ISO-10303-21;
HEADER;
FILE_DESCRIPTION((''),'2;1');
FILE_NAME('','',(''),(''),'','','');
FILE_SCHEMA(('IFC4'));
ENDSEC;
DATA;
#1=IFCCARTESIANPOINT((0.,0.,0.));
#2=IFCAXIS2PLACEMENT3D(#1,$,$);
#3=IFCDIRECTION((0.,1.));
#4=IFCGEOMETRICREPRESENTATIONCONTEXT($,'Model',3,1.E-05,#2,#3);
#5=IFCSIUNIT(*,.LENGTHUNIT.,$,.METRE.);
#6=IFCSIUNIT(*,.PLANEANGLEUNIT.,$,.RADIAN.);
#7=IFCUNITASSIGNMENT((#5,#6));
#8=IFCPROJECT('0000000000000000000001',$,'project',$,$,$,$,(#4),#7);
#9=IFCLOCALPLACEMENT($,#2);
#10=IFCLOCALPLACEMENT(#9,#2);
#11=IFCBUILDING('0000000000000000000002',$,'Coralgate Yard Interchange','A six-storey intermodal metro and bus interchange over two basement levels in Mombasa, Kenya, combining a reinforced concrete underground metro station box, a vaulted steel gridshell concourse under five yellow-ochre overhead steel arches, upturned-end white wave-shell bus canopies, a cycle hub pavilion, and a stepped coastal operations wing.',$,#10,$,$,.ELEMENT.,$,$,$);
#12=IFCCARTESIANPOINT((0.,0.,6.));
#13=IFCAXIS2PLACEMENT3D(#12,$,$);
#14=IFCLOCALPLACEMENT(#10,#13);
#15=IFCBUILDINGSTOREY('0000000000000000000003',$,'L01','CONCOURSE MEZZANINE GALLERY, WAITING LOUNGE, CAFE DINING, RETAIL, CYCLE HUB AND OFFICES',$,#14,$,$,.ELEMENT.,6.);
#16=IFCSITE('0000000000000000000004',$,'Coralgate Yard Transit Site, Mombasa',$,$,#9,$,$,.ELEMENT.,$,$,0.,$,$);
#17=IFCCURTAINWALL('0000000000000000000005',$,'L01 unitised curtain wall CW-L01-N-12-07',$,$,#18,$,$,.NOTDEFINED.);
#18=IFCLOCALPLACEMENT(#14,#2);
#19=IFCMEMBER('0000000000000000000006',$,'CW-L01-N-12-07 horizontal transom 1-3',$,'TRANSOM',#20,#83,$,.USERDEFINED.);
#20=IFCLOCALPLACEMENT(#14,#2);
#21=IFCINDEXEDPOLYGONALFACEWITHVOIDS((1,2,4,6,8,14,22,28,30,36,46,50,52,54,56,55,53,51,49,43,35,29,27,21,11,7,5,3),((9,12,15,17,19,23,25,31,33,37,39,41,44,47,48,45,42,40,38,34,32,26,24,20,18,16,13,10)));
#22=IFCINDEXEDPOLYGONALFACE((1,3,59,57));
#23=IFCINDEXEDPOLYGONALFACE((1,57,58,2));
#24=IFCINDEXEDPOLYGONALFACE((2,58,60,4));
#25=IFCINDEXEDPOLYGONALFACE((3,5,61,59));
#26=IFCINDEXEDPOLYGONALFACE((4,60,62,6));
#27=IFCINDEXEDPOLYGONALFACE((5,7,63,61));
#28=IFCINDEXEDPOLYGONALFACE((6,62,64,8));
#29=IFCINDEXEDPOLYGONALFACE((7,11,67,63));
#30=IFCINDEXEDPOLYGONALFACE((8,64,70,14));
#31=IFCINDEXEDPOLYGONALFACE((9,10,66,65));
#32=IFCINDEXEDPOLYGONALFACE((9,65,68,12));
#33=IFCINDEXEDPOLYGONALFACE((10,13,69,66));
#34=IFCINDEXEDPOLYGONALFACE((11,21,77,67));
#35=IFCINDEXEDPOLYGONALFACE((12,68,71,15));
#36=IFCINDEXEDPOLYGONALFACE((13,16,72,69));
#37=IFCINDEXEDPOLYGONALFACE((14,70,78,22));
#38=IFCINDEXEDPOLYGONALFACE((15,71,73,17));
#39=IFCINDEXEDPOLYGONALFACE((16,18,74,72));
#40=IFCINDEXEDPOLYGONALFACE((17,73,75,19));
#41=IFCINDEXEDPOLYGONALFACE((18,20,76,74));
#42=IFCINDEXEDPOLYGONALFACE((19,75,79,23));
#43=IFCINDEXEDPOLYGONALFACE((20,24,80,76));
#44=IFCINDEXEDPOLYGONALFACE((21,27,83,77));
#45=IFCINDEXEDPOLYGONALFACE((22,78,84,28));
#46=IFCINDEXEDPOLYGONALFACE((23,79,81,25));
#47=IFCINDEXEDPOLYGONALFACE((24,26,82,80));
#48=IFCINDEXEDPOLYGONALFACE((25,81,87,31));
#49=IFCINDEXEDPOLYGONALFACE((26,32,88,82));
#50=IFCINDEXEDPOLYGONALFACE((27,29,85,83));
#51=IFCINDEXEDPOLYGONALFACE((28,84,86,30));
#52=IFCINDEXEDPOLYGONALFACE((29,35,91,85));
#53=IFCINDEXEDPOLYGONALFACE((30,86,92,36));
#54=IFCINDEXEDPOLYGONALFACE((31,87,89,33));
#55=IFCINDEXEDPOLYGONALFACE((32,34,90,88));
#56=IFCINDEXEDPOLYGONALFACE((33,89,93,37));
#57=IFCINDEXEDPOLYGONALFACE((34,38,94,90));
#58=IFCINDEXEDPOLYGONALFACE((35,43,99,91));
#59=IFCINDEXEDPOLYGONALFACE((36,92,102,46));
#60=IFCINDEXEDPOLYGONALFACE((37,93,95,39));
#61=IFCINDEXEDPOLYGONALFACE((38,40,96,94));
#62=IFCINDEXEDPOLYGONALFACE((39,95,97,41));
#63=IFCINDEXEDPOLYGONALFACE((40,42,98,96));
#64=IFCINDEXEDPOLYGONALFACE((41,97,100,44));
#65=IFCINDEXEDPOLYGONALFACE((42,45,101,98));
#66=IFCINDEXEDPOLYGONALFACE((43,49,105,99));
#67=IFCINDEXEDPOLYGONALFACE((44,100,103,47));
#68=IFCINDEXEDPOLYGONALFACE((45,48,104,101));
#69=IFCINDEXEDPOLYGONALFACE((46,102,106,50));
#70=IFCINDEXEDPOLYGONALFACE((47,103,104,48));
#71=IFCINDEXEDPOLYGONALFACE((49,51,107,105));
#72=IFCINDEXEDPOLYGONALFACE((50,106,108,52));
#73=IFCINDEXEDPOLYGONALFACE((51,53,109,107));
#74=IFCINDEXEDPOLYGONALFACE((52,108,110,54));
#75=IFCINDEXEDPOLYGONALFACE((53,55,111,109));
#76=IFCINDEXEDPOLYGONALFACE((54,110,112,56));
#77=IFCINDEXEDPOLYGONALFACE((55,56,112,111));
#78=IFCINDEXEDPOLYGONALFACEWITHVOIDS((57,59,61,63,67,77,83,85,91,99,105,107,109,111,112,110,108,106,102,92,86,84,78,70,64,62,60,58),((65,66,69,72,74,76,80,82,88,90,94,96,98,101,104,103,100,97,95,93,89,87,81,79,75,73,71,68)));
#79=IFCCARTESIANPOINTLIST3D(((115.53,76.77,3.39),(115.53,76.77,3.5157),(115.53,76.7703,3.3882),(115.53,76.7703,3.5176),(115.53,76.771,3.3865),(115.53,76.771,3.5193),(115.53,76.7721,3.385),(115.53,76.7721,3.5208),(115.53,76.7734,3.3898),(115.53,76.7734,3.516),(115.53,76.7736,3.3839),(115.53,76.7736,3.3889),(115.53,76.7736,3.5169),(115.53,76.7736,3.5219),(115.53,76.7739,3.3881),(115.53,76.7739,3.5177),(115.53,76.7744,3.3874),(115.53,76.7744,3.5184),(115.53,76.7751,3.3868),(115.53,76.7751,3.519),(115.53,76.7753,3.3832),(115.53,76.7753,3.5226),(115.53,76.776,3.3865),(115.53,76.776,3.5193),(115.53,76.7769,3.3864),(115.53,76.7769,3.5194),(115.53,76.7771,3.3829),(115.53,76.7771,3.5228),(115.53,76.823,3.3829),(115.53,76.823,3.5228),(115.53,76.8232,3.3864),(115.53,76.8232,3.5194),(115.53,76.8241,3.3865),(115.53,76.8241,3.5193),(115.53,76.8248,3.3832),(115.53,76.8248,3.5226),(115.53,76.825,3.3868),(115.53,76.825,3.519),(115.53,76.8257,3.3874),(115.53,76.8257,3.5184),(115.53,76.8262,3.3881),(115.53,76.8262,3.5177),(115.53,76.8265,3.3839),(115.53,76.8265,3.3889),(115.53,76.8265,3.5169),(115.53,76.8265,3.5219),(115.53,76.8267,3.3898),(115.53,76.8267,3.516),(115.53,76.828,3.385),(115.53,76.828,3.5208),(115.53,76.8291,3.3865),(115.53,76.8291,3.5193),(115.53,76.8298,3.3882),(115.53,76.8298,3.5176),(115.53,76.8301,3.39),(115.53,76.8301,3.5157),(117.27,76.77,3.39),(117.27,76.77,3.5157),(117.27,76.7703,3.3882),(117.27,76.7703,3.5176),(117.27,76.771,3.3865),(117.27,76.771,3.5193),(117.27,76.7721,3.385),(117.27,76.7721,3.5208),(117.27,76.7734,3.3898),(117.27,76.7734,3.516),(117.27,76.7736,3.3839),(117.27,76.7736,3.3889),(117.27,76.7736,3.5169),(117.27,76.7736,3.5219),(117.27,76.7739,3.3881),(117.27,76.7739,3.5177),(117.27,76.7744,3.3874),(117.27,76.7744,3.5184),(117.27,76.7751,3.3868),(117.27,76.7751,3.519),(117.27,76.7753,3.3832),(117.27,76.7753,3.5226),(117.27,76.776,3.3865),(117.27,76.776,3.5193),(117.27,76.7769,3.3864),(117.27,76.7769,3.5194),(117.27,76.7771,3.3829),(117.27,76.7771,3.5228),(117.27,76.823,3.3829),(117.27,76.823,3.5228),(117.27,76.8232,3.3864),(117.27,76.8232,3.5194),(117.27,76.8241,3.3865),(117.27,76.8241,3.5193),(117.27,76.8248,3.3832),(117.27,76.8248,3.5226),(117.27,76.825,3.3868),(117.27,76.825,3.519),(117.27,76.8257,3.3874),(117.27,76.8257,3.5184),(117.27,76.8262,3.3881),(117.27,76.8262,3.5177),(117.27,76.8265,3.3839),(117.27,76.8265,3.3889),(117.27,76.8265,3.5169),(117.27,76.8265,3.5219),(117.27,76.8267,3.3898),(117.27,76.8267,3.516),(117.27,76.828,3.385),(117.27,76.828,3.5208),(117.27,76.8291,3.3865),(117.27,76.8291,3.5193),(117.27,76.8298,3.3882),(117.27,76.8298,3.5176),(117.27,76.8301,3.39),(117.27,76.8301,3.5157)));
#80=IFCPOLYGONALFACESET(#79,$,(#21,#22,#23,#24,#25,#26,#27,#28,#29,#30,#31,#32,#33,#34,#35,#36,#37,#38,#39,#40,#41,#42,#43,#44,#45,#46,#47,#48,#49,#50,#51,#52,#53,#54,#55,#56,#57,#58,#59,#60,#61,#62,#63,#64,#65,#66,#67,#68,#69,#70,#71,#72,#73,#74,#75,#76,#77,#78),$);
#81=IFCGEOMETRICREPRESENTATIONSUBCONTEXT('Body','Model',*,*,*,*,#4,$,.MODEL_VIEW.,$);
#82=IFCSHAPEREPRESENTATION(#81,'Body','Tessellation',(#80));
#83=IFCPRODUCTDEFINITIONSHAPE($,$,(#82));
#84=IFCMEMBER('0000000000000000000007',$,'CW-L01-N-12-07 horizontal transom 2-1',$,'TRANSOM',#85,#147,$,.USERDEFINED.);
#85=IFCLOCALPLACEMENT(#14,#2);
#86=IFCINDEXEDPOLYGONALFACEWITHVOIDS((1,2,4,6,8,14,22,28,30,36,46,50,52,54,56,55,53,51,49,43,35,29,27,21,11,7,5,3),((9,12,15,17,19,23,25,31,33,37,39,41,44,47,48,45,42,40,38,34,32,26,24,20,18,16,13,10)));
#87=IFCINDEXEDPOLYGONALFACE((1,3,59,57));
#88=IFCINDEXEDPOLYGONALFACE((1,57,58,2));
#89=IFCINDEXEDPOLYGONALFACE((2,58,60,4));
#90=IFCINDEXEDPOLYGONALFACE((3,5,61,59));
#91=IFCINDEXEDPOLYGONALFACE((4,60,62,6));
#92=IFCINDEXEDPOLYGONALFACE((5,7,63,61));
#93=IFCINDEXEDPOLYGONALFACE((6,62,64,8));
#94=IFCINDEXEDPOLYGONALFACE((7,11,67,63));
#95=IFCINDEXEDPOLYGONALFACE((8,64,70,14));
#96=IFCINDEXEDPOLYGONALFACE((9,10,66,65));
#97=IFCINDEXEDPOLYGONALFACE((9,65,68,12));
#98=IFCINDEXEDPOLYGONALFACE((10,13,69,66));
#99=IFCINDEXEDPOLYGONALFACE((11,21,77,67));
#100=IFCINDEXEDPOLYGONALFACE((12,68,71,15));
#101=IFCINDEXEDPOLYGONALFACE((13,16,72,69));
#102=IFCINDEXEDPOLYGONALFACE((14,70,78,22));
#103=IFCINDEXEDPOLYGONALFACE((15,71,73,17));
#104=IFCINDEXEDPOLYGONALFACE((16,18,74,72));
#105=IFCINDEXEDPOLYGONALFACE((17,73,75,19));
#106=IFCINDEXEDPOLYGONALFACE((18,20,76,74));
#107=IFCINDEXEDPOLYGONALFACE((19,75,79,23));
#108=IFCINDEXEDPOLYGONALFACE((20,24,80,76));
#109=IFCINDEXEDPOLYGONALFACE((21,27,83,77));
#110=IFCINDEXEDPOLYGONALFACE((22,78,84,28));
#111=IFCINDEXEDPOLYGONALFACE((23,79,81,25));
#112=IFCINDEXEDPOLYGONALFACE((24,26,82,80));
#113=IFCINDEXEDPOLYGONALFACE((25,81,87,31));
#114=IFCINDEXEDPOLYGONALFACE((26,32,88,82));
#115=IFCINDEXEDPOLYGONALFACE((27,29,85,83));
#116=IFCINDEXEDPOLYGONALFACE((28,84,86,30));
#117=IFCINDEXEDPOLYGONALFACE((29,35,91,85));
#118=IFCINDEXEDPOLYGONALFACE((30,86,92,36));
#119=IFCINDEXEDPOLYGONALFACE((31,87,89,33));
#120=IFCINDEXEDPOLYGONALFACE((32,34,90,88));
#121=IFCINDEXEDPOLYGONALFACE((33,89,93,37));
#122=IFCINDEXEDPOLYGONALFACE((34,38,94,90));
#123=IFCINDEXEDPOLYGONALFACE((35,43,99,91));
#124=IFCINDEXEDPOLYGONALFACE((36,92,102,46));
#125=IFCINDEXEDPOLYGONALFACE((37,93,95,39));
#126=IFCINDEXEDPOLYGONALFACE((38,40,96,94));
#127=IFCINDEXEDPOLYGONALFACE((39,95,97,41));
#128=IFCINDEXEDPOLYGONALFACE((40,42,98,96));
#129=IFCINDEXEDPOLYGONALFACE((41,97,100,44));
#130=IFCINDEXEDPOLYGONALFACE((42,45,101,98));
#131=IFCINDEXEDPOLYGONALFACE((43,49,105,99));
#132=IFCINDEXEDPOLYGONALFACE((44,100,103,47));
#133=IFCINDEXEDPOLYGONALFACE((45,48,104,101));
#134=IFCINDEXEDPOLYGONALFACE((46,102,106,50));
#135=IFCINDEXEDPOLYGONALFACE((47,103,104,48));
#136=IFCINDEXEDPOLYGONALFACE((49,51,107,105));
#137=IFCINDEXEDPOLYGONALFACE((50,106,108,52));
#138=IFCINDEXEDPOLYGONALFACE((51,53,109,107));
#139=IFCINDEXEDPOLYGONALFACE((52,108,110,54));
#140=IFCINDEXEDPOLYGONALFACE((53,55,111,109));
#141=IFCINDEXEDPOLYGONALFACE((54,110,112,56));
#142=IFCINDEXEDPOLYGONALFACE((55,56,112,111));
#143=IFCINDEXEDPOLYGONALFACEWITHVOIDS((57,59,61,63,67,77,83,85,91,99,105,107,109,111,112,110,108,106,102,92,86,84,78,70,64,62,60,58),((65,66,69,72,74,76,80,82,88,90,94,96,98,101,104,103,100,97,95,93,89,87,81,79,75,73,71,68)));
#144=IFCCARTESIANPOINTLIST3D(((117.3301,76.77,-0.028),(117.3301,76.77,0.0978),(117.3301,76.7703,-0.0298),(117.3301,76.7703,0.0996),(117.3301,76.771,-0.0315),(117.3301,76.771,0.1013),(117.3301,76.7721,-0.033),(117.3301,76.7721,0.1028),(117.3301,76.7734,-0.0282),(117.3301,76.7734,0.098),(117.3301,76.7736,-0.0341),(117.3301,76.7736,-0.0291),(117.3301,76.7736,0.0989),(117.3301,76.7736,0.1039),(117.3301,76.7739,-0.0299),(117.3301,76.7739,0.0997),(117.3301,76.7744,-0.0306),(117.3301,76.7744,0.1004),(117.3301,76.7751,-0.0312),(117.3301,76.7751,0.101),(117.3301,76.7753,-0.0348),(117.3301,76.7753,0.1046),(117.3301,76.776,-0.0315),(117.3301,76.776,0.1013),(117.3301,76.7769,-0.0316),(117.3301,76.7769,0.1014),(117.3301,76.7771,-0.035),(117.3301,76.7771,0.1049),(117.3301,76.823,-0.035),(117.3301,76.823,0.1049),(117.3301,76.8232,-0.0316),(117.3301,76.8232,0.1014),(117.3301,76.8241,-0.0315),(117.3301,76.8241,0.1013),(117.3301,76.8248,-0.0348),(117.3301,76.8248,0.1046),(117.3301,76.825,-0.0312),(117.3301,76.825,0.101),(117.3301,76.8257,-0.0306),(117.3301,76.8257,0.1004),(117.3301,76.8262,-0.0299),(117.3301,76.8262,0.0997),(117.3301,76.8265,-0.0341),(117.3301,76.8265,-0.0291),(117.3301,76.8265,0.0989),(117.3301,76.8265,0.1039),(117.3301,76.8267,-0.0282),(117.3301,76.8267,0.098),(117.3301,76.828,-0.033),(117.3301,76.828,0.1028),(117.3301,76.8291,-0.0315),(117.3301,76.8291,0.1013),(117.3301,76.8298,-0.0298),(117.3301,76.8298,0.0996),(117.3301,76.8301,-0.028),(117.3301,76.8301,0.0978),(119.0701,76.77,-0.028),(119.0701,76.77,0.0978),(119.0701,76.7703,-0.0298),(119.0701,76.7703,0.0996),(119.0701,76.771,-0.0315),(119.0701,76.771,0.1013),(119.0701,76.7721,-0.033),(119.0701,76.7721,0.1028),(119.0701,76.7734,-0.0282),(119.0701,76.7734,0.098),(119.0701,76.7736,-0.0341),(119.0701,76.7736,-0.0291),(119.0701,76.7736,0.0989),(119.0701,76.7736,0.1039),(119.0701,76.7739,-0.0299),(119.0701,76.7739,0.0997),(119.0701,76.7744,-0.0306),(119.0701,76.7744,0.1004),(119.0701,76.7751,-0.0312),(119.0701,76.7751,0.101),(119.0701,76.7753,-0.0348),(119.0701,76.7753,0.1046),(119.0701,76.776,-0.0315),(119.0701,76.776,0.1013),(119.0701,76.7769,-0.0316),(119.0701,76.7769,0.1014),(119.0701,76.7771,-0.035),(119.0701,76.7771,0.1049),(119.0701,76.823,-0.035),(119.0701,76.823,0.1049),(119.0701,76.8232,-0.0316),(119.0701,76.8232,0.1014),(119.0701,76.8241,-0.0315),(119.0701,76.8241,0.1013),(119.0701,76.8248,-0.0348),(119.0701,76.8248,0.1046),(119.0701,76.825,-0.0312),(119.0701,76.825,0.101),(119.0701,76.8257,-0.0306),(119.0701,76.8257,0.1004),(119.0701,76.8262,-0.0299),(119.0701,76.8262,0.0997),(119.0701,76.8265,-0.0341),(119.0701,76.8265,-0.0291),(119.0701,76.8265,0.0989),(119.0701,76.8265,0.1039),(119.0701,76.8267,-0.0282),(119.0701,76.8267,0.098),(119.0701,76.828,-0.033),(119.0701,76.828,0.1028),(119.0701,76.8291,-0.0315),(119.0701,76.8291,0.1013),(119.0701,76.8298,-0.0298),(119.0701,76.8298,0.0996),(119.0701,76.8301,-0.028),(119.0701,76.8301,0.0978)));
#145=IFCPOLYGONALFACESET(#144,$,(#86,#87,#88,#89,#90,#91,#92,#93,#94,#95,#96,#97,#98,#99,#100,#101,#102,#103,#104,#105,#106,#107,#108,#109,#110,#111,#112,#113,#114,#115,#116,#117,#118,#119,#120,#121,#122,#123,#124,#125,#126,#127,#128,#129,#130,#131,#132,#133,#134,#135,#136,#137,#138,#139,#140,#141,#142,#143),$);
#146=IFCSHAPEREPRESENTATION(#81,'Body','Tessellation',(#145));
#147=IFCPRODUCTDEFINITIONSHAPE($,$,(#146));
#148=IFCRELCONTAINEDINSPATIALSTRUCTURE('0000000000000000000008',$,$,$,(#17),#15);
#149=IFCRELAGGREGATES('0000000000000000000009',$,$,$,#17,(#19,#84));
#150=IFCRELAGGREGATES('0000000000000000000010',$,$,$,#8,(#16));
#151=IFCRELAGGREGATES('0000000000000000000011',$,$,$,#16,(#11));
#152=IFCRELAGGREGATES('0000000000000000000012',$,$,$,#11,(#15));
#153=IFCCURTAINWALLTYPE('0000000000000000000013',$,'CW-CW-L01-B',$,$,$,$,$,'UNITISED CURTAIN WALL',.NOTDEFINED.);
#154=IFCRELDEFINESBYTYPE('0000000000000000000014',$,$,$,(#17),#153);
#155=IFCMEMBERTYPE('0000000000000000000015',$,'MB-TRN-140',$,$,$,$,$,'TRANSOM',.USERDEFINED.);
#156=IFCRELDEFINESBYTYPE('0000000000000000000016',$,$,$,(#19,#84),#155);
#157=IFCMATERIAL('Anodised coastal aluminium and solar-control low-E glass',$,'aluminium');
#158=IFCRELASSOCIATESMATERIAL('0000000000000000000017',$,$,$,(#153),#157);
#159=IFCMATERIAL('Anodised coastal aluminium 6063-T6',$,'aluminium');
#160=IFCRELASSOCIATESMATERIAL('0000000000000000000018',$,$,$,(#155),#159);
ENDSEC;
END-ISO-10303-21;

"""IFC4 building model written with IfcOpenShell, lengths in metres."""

from ifc_helpers import new_model, si_unit, direction, frame, origin, origin_2d, place, context, subcontext, project, spatial, hollow_rectangle, extrude, material, material_profile, profile_set, type_object, element, aggregate, save


model = new_model("IFC4")

# Units and contexts
model_context = context("Model", 3, precision=1e-05, world=origin(), true_north=direction((0.0, 1.0)))
body_context = subcontext(model_context, "Body", "Model", "MODEL_VIEW")
ifc_project = project(units=[si_unit("LENGTHUNIT", "METRE"), si_unit("PLANEANGLEUNIT", "RADIAN")], contexts=[model_context])

# Site, building, storey
site_placement = place(None, origin())
site = spatial("IfcSite", under=ifc_project, at=site_placement, Name="Coralgate Yard Transit Site, Mombasa", CompositionType="ELEMENT", RefElevation=0.0)
building_placement = place(site_placement, origin())
building = spatial("IfcBuilding", under=site, at=building_placement, Name="Coralgate Yard Interchange", Description="A six-storey intermodal metro and bus interchange over two basement levels in Mombasa, Kenya, combining a reinforced concrete underground metro station box, a vaulted steel gridshell concourse under five yellow-ochre overhead steel arches, upturned-end white wave-shell bus canopies, a cycle hub pavilion, and a stepped coastal operations wing.", CompositionType="ELEMENT")
storey_placement = place(building_placement, frame((0.0, 0.0, 6.0)))
storey = spatial("IfcBuildingStorey", under=building, at=storey_placement, Name="L01", Description="CONCOURSE MEZZANINE GALLERY, WAITING LOUNGE, CAFE DINING, RETAIL, CYCLE HUB AND OFFICES", CompositionType="ELEMENT", Elevation=6.0)

# Shared definitions
ifc_material_1 = material(Name="Anodised coastal aluminium and solar-control low-E glass", Category="aluminium")
curtain_wall_type = type_object("IfcCurtainWallType", Name="CW-CW-L01-B", ElementType="UNITISED CURTAIN WALL", PredefinedType="NOTDEFINED", material=ifc_material_1)
ifc_material_2 = material(Name="Anodised coastal aluminium 6063-T6", Category="aluminium")

# Curtain wall, members
curtain_wall_1_placement = place(storey_placement, origin())
curtain_wall_1 = element("IfcCurtainWall", 1, at=curtain_wall_1_placement, inside=storey, type_object=curtain_wall_type, Name="L01 unitised curtain wall CW-L01-N-12-07", PredefinedType="NOTDEFINED")
ifc_material_profile_1 = material_profile(ifc_material_2, hollow_rectangle(XDim=0.0601, YDim=0.1399, WallThickness=0.0034, InnerFilletRadius=0.0034, OuterFilletRadius=0.0071, at=origin_2d()), Name="ALU 60x140x3.5")
ifc_profile_set_1 = profile_set([ifc_material_profile_1], Name="Anodised coastal aluminium 6063-T6")
member_type_1 = type_object("IfcMemberType", Name="MB-TRN-140", ElementType="TRANSOM", PredefinedType="USERDEFINED", material=ifc_profile_set_1)
member_1_placement = place(storey_placement, frame((115.53, 76.8, 3.4529), z_axis=(1.0, 0.0, 0.0), x_axis=(0.0, 1.0, 0.0)))
member_1 = element("IfcMember", 2, at=member_1_placement, type_object=member_type_1, Name="CW-L01-N-12-07 horizontal transom 1-3", ObjectType="TRANSOM", PredefinedType="USERDEFINED", context=body_context, shape_type="SweptSolid", body=[
    extrude(hollow_rectangle(XDim=0.0601, YDim=0.1399, WallThickness=0.0034, InnerFilletRadius=0.0034, OuterFilletRadius=0.0071, at=origin_2d()), origin(), (0.0, 0.0, 1.0), 1.74),
])
member_2_placement = place(storey_placement, frame((117.3301, 76.8, 0.0349), z_axis=(1.0, 0.0, 0.0), x_axis=(0.0, 1.0, 0.0)))
member_2 = element("IfcMember", 3, at=member_2_placement, type_object=member_type_1, Name="CW-L01-N-12-07 horizontal transom 2-1", ObjectType="TRANSOM", PredefinedType="USERDEFINED", context=body_context, shape_type="SweptSolid", body=[
    extrude(hollow_rectangle(XDim=0.0601, YDim=0.1399, WallThickness=0.0034, InnerFilletRadius=0.0034, OuterFilletRadius=0.0071, at=origin_2d()), origin(), (0.0, 0.0, 1.0), 1.74),
])
aggregate(curtain_wall_1, [member_1, member_2])

save(model, "model.ifc")
